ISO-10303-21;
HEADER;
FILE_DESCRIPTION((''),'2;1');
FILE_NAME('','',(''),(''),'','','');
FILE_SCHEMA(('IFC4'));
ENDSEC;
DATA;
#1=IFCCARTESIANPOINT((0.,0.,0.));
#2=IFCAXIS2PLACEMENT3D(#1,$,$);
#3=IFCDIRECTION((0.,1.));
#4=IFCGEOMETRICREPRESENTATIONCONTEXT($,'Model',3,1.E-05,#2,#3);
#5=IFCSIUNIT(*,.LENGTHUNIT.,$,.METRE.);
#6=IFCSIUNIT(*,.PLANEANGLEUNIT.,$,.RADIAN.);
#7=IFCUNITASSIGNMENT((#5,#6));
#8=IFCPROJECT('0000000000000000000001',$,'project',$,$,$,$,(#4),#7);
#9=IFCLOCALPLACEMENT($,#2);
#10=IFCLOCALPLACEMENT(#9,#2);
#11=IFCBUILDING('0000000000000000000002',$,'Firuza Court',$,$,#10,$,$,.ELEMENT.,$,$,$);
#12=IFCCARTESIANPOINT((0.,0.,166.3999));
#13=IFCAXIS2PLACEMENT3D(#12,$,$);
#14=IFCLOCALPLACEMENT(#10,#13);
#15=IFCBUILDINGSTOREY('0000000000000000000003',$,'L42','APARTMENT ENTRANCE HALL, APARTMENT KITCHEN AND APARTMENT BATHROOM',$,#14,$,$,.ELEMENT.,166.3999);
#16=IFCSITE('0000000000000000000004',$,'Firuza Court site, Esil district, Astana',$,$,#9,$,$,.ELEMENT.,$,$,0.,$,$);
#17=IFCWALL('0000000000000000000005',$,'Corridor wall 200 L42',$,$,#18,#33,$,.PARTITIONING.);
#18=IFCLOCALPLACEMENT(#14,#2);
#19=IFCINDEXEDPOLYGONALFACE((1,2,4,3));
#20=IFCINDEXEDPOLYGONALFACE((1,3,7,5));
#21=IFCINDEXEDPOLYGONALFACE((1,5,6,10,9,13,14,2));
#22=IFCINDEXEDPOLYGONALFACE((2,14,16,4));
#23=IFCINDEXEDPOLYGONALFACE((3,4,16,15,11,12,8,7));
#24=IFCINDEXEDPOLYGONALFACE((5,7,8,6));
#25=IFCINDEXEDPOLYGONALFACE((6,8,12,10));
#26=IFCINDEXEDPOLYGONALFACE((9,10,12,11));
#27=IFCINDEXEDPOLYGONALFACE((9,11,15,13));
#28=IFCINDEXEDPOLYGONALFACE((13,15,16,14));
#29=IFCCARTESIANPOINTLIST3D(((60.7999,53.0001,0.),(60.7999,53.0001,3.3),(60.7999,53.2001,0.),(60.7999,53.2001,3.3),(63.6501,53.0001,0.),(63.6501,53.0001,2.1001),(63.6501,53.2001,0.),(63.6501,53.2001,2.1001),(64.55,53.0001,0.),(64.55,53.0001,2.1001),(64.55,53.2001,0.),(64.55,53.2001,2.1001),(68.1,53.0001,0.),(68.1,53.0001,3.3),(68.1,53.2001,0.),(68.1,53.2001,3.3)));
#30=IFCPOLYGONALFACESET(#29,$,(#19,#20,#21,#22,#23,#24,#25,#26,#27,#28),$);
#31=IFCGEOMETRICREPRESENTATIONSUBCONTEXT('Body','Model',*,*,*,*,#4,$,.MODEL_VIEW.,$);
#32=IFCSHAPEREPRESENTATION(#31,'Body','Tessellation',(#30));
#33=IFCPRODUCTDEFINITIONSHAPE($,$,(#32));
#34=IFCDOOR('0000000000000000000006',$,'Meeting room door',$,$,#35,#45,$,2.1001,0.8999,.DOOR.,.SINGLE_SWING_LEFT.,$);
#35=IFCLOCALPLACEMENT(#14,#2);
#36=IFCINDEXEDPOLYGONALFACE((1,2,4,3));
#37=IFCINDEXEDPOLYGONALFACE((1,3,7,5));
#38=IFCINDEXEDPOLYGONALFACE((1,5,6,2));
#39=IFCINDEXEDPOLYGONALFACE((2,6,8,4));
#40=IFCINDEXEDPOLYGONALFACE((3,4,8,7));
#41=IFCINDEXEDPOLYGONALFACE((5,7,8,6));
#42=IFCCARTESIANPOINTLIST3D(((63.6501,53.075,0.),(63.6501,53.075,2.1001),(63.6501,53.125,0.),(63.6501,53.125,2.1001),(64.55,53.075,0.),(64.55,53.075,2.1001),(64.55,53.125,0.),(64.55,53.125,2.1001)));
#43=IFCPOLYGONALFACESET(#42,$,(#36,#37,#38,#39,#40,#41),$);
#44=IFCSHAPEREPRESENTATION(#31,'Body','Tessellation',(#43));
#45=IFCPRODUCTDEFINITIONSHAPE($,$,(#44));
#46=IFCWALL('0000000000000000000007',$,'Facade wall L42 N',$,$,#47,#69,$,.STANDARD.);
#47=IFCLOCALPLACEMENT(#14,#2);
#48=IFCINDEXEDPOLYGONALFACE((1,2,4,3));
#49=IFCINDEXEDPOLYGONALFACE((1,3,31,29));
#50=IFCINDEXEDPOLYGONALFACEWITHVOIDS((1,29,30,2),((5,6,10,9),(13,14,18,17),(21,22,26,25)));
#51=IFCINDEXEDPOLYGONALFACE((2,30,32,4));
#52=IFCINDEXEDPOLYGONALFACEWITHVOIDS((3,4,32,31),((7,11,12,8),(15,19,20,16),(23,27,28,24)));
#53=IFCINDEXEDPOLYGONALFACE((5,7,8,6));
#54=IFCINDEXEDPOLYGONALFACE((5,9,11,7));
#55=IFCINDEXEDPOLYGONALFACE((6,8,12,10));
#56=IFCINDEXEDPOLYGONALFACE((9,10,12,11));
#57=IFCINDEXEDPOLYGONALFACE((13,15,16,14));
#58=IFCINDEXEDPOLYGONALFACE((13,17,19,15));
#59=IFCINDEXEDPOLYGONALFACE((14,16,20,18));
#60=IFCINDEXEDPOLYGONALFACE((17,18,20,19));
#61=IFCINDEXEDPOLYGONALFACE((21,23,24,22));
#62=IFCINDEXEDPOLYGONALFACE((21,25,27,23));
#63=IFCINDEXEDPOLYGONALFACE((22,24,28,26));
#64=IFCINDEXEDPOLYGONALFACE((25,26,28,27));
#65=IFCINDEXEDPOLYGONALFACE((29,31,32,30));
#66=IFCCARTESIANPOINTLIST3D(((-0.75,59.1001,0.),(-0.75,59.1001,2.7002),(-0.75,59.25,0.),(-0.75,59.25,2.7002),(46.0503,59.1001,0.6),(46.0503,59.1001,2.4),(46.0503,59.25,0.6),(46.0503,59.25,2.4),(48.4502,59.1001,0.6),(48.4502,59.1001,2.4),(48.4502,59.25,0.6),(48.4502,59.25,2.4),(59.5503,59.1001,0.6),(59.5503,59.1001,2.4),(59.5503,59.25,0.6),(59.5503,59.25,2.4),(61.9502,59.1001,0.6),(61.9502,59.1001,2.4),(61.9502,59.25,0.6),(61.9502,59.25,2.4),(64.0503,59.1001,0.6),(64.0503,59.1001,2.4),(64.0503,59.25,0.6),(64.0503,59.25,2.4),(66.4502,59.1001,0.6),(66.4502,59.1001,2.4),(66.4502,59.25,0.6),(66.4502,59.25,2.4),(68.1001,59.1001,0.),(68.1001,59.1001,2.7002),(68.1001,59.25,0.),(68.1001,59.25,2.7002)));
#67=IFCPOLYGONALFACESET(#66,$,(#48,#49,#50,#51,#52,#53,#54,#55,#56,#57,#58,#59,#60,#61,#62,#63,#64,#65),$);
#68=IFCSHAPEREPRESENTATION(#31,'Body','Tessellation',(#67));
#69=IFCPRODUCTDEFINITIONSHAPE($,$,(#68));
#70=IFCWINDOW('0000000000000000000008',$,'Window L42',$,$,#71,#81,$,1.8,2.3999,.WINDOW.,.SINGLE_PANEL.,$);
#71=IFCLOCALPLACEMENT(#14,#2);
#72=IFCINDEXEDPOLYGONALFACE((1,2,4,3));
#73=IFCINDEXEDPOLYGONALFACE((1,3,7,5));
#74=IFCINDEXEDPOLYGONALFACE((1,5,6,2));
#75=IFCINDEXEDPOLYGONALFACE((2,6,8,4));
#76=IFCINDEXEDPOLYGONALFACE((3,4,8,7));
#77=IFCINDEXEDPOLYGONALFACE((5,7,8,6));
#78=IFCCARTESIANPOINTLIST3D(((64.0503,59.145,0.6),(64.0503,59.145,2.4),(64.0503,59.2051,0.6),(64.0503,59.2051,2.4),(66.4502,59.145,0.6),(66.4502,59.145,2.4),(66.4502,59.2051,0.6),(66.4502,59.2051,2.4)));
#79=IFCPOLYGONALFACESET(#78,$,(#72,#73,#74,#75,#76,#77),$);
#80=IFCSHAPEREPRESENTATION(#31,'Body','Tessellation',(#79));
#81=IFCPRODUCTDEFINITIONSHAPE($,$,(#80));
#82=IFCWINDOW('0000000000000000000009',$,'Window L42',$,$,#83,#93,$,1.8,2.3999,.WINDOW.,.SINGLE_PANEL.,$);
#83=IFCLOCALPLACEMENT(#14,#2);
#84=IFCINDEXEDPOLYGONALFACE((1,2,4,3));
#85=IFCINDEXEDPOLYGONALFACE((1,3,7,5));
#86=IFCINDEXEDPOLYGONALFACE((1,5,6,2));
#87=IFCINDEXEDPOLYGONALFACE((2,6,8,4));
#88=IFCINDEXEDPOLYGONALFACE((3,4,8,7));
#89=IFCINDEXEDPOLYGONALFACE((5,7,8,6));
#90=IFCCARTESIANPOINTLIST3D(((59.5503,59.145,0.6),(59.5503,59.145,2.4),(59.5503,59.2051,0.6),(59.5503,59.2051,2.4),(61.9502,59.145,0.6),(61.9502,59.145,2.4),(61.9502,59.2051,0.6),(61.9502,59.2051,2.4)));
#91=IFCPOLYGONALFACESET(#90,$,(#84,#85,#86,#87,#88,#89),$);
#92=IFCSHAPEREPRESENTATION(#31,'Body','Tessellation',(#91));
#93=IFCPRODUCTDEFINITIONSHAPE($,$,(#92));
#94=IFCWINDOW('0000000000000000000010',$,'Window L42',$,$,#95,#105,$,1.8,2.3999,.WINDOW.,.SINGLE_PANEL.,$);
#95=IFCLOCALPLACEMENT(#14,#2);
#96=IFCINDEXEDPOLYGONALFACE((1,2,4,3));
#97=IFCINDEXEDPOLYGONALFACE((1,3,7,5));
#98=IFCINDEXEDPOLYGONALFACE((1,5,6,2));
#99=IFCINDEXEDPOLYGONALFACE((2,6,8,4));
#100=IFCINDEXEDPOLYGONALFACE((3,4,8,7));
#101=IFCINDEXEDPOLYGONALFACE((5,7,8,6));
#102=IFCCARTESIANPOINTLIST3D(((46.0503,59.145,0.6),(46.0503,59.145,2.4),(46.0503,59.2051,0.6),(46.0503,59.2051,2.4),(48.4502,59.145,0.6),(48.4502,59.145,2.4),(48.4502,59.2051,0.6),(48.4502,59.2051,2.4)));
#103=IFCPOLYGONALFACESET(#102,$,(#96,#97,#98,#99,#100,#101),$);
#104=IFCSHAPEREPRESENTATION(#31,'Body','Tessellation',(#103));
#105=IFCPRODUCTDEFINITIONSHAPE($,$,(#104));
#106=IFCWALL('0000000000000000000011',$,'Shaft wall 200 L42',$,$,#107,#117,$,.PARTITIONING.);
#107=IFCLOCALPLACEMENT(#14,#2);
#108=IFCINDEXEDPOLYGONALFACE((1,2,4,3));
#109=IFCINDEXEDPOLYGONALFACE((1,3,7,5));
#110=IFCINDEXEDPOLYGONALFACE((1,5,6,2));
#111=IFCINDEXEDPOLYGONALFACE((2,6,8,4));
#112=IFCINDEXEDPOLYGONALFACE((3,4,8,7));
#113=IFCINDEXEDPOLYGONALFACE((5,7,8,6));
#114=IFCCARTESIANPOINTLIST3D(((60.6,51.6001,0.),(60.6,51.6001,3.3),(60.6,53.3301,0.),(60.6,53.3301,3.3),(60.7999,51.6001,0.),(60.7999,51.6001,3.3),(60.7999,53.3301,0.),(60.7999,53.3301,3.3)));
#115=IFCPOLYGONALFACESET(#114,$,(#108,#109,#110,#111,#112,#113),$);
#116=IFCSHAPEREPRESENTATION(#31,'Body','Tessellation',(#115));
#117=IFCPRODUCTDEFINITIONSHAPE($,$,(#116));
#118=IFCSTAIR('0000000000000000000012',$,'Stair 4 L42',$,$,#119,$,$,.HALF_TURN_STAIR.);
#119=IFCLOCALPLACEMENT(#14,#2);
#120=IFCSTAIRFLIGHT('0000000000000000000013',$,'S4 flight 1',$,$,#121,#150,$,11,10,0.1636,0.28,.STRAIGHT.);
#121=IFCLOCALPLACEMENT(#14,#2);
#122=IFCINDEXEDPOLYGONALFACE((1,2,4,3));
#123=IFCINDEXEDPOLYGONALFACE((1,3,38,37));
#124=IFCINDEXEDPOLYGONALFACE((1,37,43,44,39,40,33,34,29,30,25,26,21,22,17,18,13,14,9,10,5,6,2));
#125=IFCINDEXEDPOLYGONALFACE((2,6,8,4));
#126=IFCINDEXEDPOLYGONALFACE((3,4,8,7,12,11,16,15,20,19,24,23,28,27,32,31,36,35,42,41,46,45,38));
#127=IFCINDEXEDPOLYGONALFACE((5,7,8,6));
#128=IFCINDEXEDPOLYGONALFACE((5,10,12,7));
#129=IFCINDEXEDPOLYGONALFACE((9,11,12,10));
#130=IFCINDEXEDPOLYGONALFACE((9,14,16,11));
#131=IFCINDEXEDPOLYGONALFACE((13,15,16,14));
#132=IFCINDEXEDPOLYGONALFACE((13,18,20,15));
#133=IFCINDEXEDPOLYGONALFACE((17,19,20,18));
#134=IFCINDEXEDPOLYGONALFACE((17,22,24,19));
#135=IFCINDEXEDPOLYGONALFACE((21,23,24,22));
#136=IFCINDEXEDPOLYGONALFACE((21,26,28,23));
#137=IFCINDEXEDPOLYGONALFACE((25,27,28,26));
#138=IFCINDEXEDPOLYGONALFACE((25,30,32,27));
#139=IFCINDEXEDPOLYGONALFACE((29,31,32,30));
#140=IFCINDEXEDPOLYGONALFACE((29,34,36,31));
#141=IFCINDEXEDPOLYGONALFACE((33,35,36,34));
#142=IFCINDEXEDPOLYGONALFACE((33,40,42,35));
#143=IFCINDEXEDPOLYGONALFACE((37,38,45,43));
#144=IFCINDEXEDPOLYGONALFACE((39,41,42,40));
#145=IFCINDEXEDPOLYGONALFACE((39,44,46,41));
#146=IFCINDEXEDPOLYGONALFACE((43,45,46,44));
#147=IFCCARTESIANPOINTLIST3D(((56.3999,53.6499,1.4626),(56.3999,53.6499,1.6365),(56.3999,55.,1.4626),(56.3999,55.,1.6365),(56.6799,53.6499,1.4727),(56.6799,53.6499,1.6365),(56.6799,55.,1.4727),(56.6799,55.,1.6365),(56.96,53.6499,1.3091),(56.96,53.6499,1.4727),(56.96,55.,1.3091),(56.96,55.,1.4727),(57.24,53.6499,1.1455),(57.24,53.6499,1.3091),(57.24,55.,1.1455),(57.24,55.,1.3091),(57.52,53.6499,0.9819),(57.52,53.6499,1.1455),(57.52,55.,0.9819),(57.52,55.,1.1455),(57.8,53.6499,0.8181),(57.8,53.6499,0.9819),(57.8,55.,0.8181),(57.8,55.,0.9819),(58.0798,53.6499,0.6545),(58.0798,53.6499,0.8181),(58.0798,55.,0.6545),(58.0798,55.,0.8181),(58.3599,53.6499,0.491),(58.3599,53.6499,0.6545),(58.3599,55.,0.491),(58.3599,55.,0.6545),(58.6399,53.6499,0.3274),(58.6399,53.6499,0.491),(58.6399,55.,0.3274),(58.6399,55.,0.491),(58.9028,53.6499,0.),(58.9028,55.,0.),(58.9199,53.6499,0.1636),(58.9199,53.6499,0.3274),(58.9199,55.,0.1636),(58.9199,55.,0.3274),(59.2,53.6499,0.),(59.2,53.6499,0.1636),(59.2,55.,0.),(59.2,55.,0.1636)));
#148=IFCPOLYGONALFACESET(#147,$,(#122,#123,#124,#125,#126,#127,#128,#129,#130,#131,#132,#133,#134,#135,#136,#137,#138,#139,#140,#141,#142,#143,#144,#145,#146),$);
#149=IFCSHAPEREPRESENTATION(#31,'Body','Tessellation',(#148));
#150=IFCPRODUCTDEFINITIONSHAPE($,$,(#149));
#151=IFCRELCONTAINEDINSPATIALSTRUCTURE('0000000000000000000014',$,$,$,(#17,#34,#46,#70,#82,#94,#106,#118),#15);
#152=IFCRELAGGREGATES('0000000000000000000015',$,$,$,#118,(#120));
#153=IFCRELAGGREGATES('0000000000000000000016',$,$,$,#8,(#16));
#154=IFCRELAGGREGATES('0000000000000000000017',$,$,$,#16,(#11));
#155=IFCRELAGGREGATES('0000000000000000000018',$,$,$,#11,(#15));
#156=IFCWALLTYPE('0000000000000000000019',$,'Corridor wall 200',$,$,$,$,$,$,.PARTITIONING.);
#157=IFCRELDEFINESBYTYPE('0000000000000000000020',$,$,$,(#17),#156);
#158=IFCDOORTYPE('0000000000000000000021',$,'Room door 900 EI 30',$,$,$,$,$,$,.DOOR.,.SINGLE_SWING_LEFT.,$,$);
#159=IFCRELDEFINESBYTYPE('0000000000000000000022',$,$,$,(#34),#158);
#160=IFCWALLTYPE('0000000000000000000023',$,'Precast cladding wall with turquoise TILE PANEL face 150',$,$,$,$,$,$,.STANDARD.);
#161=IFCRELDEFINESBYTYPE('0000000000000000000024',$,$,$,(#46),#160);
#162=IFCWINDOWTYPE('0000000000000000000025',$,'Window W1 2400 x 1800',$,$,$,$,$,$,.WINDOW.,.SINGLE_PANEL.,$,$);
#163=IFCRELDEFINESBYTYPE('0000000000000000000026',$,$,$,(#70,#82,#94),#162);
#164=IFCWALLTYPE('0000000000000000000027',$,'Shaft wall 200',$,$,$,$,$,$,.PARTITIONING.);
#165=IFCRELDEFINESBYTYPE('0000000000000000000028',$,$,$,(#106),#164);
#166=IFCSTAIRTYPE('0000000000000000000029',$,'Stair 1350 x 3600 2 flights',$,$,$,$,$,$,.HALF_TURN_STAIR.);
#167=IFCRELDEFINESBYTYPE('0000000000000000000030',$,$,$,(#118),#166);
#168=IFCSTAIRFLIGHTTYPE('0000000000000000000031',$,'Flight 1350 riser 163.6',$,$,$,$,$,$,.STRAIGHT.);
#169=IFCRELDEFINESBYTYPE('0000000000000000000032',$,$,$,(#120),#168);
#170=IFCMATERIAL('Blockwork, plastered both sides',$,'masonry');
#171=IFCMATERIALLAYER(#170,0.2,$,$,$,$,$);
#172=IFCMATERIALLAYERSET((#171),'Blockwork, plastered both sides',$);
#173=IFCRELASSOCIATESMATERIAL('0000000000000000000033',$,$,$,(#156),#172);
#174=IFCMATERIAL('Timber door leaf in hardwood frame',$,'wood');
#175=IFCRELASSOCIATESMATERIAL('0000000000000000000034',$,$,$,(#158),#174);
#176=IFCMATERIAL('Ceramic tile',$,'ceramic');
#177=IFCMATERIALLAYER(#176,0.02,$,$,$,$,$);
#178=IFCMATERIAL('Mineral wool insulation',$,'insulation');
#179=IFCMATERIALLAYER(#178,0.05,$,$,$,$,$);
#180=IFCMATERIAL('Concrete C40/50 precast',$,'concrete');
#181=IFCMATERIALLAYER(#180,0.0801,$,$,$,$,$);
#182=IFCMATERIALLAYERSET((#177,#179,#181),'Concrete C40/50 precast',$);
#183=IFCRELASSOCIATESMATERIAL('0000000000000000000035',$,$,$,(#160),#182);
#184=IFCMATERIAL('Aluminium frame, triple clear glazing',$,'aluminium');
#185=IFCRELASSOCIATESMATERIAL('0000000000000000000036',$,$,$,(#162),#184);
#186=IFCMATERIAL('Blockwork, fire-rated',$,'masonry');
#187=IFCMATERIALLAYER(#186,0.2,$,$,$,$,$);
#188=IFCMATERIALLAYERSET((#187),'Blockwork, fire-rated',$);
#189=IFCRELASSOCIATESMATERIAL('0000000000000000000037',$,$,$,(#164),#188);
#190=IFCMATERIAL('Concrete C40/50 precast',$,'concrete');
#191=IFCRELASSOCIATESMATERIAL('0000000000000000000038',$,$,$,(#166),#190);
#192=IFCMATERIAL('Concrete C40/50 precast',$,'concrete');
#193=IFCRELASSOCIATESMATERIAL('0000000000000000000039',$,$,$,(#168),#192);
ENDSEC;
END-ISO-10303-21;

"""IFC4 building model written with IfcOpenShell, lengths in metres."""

from ifc_helpers import new_model, si_unit, direction, frame, frame_2d, origin, place, context, subcontext, project, spatial, polyline, rectangle, outline, extrude, material, layer, layer_set, type_object, element, fill, aggregate, save


model = new_model("IFC4")

# Units and contexts
model_context = context("Model", 3, precision=1e-05, world=origin(), true_north=direction((0.0, 1.0)))
body_context = subcontext(model_context, "Body", "Model", "MODEL_VIEW")
ifc_project = project(units=[si_unit("LENGTHUNIT", "METRE"), si_unit("PLANEANGLEUNIT", "RADIAN")], contexts=[model_context])

# Site, building, storey
site_placement = place(None, origin())
site = spatial("IfcSite", under=ifc_project, at=site_placement, Name="Firuza Court site, Esil district, Astana", CompositionType="ELEMENT", RefElevation=0.0)
building_placement = place(site_placement, origin())
building = spatial("IfcBuilding", under=site, at=building_placement, Name="Firuza Court", CompositionType="ELEMENT")
storey_placement = place(building_placement, frame((0.0, 0.0, 166.3999)))
storey = spatial("IfcBuildingStorey", under=building, at=storey_placement, Name="L42", Description="APARTMENT ENTRANCE HALL, APARTMENT KITCHEN AND APARTMENT BATHROOM", CompositionType="ELEMENT", Elevation=166.3999)

# Wall, opening, door
ifc_material_1 = material(Name="Blockwork, plastered both sides", Category="masonry")
ifc_layer_1 = layer(ifc_material_1, 0.2)
ifc_layer_set_1 = layer_set([ifc_layer_1], Name="Blockwork, plastered both sides")
wall_type_1 = type_object("IfcWallType", Name="Corridor wall 200", PredefinedType="PARTITIONING", material=ifc_layer_set_1)
wall_1_placement = place(storey_placement, frame((60.8, 53.1001, 0.0), z_axis=(0.0, 0.0, 1.0), x_axis=(1.0, 0.0, 0.0)))
wall_1 = element("IfcWall", 1, at=wall_1_placement, inside=storey, type_object=wall_type_1, Name="Corridor wall 200 L42", PredefinedType="PARTITIONING", context=body_context, shape_type="SweptSolid", body=[
    extrude(rectangle(XDim=7.3, YDim=0.2, at=frame_2d((3.6499, 0.0))), origin(), (0.0, 0.0, 1.0), 3.3),
])
opening_1_placement = place(wall_1_placement, frame((2.8501, 0.0, 0.0)))
opening_1 = element("IfcOpeningElement", 2, at=opening_1_placement, cuts=wall_1, PredefinedType="OPENING", context=body_context, shape_type="SweptSolid", body=[
    extrude(rectangle(XDim=0.8999, YDim=2.1001, at=frame_2d((0.45, 1.05))), frame((0.0, 0.1118, 0.0), z_axis=(0.0, -1.0, 0.0), x_axis=(1.0, 0.0, 0.0)), (0.0, 0.0, 1.0), 0.2239),
])
ifc_material_2 = material(Name="Timber door leaf in hardwood frame", Category="wood")
door_type_1 = type_object("IfcDoorType", Name="Room door 900 EI 30", OperationType="SINGLE_SWING_LEFT", PredefinedType="DOOR", material=ifc_material_2)
door_1_placement = place(opening_1_placement, origin())
door_1 = element("IfcDoor", 3, at=door_1_placement, inside=storey, type_object=door_type_1, Name="Meeting room door", OperationType="SINGLE_SWING_LEFT", OverallHeight=2.1001, OverallWidth=0.8999, PredefinedType="DOOR", context=body_context, shape_type="SweptSolid", body=[
    extrude(rectangle(XDim=0.8999, YDim=2.1001, at=frame_2d((0.45, 1.05))), frame((0.0, 0.0249, 0.0), z_axis=(0.0, -1.0, 0.0), x_axis=(1.0, 0.0, 0.0)), (0.0, 0.0, 1.0), 0.05),
])
fill(opening_1, door_1)

# Wall, openings, windows
ifc_material_3 = material(Name="Ceramic tile", Category="ceramic")
ifc_layer_2 = layer(ifc_material_3, 0.02)
ifc_material_4 = material(Name="Mineral wool insulation", Category="insulation")
ifc_layer_3 = layer(ifc_material_4, 0.05)
ifc_material_5 = material(Name="Concrete C40/50 precast", Category="concrete")
ifc_layer_4 = layer(ifc_material_5, 0.0801)
ifc_layer_set_2 = layer_set([ifc_layer_2, ifc_layer_3, ifc_layer_4], Name="Concrete C40/50 precast")
wall_type_2 = type_object("IfcWallType", Name="Precast cladding wall with turquoise TILE PANEL face 150", PredefinedType="STANDARD", material=ifc_layer_set_2)
wall_2_placement = place(storey_placement, frame((68.1001, 59.175, 0.0), z_axis=(0.0, 0.0, 1.0), x_axis=(-1.0, 0.0, 0.0)))
wall_2 = element("IfcWall", 4, at=wall_2_placement, inside=storey, type_object=wall_type_2, Name="Facade wall L42 N", PredefinedType="STANDARD", context=body_context, shape_type="SweptSolid", body=[
    extrude(rectangle(XDim=68.8501, YDim=0.1499, at=frame_2d((34.425, 0.0))), origin(), (0.0, 0.0, 1.0), 2.7002),
])
opening_2_placement = place(wall_2_placement, frame((1.6499, 0.0, 0.6001)))
opening_2 = element("IfcOpeningElement", 5, at=opening_2_placement, cuts=wall_2, PredefinedType="OPENING", context=body_context, shape_type="SweptSolid", body=[
    extrude(rectangle(XDim=2.3999, YDim=1.8, at=frame_2d((1.2, 0.8999))), frame((0.0, 0.0869, 0.0), z_axis=(0.0, -1.0, 0.0), x_axis=(1.0, 0.0, 0.0)), (0.0, 0.0, 1.0), 0.1738),
])
opening_3_placement = place(wall_2_placement, frame((6.1499, 0.0, 0.6001)))
opening_3 = element("IfcOpeningElement", 6, at=opening_3_placement, cuts=wall_2, PredefinedType="OPENING", context=body_context, shape_type="SweptSolid", body=[
    extrude(rectangle(XDim=2.3999, YDim=1.8, at=frame_2d((1.2, 0.8999))), frame((0.0, 0.0869, 0.0), z_axis=(0.0, -1.0, 0.0), x_axis=(1.0, 0.0, 0.0)), (0.0, 0.0, 1.0), 0.1738),
])
opening_4_placement = place(wall_2_placement, frame((19.6499, 0.0, 0.6001)))
opening_4 = element("IfcOpeningElement", 7, at=opening_4_placement, cuts=wall_2, PredefinedType="OPENING", context=body_context, shape_type="SweptSolid", body=[
    extrude(rectangle(XDim=2.3999, YDim=1.8, at=frame_2d((1.2, 0.8999))), frame((0.0, 0.0869, 0.0), z_axis=(0.0, -1.0, 0.0), x_axis=(1.0, 0.0, 0.0)), (0.0, 0.0, 1.0), 0.1738),
])
ifc_material_6 = material(Name="Aluminium frame, triple clear glazing", Category="aluminium")
window_type = type_object("IfcWindowType", Name="Window W1 2400 x 1800", PartitioningType="SINGLE_PANEL", PredefinedType="WINDOW", material=ifc_material_6)
window_1_placement = place(opening_2_placement, origin())
window_1 = element("IfcWindow", 8, at=window_1_placement, inside=storey, type_object=window_type, Name="Window L42", OverallHeight=1.8, OverallWidth=2.3999, PartitioningType="SINGLE_PANEL", PredefinedType="WINDOW", context=body_context, shape_type="SweptSolid", body=[
    extrude(rectangle(XDim=2.3999, YDim=1.8, at=frame_2d((1.2, 0.8999))), frame((0.0, 0.03, 0.0), z_axis=(0.0, -1.0, 0.0), x_axis=(1.0, 0.0, 0.0)), (0.0, 0.0, 1.0), 0.0601),
])
fill(opening_2, window_1)
window_2_placement = place(opening_3_placement, origin())
window_2 = element("IfcWindow", 9, at=window_2_placement, inside=storey, type_object=window_type, Name="Window L42", OverallHeight=1.8, OverallWidth=2.3999, PartitioningType="SINGLE_PANEL", PredefinedType="WINDOW", context=body_context, shape_type="SweptSolid", body=[
    extrude(rectangle(XDim=2.3999, YDim=1.8, at=frame_2d((1.2, 0.8999))), frame((0.0, 0.03, 0.0), z_axis=(0.0, -1.0, 0.0), x_axis=(1.0, 0.0, 0.0)), (0.0, 0.0, 1.0), 0.0601),
])
fill(opening_3, window_2)
window_3_placement = place(opening_4_placement, origin())
window_3 = element("IfcWindow", 10, at=window_3_placement, inside=storey, type_object=window_type, Name="Window L42", OverallHeight=1.8, OverallWidth=2.3999, PartitioningType="SINGLE_PANEL", PredefinedType="WINDOW", context=body_context, shape_type="SweptSolid", body=[
    extrude(rectangle(XDim=2.3999, YDim=1.8, at=frame_2d((1.2, 0.8999))), frame((0.0, 0.03, 0.0), z_axis=(0.0, -1.0, 0.0), x_axis=(1.0, 0.0, 0.0)), (0.0, 0.0, 1.0), 0.0601),
])
fill(opening_4, window_3)

# Wall
ifc_material_7 = material(Name="Blockwork, fire-rated", Category="masonry")
ifc_layer_5 = layer(ifc_material_7, 0.2)
ifc_layer_set_3 = layer_set([ifc_layer_5], Name="Blockwork, fire-rated")
wall_type_3 = type_object("IfcWallType", Name="Shaft wall 200", PredefinedType="PARTITIONING", material=ifc_layer_set_3)
wall_3_placement = place(storey_placement, frame((60.7, 51.6001, 0.0), z_axis=(0.0, 0.0, 1.0), x_axis=(0.0, 1.0, 0.0)))
element("IfcWall", 11, at=wall_3_placement, inside=storey, type_object=wall_type_3, Name="Shaft wall 200 L42", PredefinedType="PARTITIONING", context=body_context, shape_type="SweptSolid", body=[
    extrude(rectangle(XDim=1.73, YDim=0.2, at=frame_2d((0.865, 0.0))), origin(), (0.0, 0.0, 1.0), 3.3),
])

# Stair, stair flight
ifc_material_8 = material(Name="Concrete C40/50 precast", Category="concrete")
stair_type = type_object("IfcStairType", Name="Stair 1350 x 3600 2 flights", PredefinedType="HALF_TURN_STAIR", material=ifc_material_8)
stair_placement = place(storey_placement, origin())
stair = element("IfcStair", 12, at=stair_placement, inside=storey, type_object=stair_type, Name="Stair 4 L42", PredefinedType="HALF_TURN_STAIR")
ifc_material_9 = material(Name="Concrete C40/50 precast", Category="concrete")
stair_flight_type = type_object("IfcStairFlightType", Name="Flight 1350 riser 163.6", PredefinedType="STRAIGHT", material=ifc_material_9)
stair_flight_1_placement = place(storey_placement, frame((59.2, 54.325, 0.0), z_axis=(0.0, 0.0, 1.0), x_axis=(-1.0, 0.0, 0.0)))
stair_flight_1 = element("IfcStairFlight", 13, at=stair_flight_1_placement, type_object=stair_flight_type, Name="S4 flight 1", NumberOfRisers=11, NumberOfTreads=10, PredefinedType="STRAIGHT", RiserHeight=0.1636, TreadLength=0.28, context=body_context, shape_type="SweptSolid", body=[
    extrude(outline(polyline([(0.0, 0.0), (0.0, 0.1636), (0.28, 0.1636), (0.28, 0.3274), (0.5601, 0.3274), (0.5601, 0.491), (0.8401, 0.491), (0.8401, 0.6545), (1.1201, 0.6545), (1.1201, 0.8181), (1.3999, 0.8181), (1.3999, 0.9819), (1.6799, 0.9819), (1.6799, 1.1455), (1.96, 1.1455), (1.96, 1.3091), (2.24, 1.3091), (2.24, 1.4727), (2.52, 1.4727), (2.52, 1.6365), (2.8, 1.6365), (2.8, 1.8), (2.8, 1.4626), (0.2971, 0.0), (0.0, 0.0)])), frame((0.0, 0.675, 0.0), z_axis=(0.0, -1.0, 0.0), x_axis=(1.0, 0.0, 0.0)), (0.0, 0.0, 1.0), 1.3501),
])
aggregate(stair, [stair_flight_1])

save(model, "model.ifc")
